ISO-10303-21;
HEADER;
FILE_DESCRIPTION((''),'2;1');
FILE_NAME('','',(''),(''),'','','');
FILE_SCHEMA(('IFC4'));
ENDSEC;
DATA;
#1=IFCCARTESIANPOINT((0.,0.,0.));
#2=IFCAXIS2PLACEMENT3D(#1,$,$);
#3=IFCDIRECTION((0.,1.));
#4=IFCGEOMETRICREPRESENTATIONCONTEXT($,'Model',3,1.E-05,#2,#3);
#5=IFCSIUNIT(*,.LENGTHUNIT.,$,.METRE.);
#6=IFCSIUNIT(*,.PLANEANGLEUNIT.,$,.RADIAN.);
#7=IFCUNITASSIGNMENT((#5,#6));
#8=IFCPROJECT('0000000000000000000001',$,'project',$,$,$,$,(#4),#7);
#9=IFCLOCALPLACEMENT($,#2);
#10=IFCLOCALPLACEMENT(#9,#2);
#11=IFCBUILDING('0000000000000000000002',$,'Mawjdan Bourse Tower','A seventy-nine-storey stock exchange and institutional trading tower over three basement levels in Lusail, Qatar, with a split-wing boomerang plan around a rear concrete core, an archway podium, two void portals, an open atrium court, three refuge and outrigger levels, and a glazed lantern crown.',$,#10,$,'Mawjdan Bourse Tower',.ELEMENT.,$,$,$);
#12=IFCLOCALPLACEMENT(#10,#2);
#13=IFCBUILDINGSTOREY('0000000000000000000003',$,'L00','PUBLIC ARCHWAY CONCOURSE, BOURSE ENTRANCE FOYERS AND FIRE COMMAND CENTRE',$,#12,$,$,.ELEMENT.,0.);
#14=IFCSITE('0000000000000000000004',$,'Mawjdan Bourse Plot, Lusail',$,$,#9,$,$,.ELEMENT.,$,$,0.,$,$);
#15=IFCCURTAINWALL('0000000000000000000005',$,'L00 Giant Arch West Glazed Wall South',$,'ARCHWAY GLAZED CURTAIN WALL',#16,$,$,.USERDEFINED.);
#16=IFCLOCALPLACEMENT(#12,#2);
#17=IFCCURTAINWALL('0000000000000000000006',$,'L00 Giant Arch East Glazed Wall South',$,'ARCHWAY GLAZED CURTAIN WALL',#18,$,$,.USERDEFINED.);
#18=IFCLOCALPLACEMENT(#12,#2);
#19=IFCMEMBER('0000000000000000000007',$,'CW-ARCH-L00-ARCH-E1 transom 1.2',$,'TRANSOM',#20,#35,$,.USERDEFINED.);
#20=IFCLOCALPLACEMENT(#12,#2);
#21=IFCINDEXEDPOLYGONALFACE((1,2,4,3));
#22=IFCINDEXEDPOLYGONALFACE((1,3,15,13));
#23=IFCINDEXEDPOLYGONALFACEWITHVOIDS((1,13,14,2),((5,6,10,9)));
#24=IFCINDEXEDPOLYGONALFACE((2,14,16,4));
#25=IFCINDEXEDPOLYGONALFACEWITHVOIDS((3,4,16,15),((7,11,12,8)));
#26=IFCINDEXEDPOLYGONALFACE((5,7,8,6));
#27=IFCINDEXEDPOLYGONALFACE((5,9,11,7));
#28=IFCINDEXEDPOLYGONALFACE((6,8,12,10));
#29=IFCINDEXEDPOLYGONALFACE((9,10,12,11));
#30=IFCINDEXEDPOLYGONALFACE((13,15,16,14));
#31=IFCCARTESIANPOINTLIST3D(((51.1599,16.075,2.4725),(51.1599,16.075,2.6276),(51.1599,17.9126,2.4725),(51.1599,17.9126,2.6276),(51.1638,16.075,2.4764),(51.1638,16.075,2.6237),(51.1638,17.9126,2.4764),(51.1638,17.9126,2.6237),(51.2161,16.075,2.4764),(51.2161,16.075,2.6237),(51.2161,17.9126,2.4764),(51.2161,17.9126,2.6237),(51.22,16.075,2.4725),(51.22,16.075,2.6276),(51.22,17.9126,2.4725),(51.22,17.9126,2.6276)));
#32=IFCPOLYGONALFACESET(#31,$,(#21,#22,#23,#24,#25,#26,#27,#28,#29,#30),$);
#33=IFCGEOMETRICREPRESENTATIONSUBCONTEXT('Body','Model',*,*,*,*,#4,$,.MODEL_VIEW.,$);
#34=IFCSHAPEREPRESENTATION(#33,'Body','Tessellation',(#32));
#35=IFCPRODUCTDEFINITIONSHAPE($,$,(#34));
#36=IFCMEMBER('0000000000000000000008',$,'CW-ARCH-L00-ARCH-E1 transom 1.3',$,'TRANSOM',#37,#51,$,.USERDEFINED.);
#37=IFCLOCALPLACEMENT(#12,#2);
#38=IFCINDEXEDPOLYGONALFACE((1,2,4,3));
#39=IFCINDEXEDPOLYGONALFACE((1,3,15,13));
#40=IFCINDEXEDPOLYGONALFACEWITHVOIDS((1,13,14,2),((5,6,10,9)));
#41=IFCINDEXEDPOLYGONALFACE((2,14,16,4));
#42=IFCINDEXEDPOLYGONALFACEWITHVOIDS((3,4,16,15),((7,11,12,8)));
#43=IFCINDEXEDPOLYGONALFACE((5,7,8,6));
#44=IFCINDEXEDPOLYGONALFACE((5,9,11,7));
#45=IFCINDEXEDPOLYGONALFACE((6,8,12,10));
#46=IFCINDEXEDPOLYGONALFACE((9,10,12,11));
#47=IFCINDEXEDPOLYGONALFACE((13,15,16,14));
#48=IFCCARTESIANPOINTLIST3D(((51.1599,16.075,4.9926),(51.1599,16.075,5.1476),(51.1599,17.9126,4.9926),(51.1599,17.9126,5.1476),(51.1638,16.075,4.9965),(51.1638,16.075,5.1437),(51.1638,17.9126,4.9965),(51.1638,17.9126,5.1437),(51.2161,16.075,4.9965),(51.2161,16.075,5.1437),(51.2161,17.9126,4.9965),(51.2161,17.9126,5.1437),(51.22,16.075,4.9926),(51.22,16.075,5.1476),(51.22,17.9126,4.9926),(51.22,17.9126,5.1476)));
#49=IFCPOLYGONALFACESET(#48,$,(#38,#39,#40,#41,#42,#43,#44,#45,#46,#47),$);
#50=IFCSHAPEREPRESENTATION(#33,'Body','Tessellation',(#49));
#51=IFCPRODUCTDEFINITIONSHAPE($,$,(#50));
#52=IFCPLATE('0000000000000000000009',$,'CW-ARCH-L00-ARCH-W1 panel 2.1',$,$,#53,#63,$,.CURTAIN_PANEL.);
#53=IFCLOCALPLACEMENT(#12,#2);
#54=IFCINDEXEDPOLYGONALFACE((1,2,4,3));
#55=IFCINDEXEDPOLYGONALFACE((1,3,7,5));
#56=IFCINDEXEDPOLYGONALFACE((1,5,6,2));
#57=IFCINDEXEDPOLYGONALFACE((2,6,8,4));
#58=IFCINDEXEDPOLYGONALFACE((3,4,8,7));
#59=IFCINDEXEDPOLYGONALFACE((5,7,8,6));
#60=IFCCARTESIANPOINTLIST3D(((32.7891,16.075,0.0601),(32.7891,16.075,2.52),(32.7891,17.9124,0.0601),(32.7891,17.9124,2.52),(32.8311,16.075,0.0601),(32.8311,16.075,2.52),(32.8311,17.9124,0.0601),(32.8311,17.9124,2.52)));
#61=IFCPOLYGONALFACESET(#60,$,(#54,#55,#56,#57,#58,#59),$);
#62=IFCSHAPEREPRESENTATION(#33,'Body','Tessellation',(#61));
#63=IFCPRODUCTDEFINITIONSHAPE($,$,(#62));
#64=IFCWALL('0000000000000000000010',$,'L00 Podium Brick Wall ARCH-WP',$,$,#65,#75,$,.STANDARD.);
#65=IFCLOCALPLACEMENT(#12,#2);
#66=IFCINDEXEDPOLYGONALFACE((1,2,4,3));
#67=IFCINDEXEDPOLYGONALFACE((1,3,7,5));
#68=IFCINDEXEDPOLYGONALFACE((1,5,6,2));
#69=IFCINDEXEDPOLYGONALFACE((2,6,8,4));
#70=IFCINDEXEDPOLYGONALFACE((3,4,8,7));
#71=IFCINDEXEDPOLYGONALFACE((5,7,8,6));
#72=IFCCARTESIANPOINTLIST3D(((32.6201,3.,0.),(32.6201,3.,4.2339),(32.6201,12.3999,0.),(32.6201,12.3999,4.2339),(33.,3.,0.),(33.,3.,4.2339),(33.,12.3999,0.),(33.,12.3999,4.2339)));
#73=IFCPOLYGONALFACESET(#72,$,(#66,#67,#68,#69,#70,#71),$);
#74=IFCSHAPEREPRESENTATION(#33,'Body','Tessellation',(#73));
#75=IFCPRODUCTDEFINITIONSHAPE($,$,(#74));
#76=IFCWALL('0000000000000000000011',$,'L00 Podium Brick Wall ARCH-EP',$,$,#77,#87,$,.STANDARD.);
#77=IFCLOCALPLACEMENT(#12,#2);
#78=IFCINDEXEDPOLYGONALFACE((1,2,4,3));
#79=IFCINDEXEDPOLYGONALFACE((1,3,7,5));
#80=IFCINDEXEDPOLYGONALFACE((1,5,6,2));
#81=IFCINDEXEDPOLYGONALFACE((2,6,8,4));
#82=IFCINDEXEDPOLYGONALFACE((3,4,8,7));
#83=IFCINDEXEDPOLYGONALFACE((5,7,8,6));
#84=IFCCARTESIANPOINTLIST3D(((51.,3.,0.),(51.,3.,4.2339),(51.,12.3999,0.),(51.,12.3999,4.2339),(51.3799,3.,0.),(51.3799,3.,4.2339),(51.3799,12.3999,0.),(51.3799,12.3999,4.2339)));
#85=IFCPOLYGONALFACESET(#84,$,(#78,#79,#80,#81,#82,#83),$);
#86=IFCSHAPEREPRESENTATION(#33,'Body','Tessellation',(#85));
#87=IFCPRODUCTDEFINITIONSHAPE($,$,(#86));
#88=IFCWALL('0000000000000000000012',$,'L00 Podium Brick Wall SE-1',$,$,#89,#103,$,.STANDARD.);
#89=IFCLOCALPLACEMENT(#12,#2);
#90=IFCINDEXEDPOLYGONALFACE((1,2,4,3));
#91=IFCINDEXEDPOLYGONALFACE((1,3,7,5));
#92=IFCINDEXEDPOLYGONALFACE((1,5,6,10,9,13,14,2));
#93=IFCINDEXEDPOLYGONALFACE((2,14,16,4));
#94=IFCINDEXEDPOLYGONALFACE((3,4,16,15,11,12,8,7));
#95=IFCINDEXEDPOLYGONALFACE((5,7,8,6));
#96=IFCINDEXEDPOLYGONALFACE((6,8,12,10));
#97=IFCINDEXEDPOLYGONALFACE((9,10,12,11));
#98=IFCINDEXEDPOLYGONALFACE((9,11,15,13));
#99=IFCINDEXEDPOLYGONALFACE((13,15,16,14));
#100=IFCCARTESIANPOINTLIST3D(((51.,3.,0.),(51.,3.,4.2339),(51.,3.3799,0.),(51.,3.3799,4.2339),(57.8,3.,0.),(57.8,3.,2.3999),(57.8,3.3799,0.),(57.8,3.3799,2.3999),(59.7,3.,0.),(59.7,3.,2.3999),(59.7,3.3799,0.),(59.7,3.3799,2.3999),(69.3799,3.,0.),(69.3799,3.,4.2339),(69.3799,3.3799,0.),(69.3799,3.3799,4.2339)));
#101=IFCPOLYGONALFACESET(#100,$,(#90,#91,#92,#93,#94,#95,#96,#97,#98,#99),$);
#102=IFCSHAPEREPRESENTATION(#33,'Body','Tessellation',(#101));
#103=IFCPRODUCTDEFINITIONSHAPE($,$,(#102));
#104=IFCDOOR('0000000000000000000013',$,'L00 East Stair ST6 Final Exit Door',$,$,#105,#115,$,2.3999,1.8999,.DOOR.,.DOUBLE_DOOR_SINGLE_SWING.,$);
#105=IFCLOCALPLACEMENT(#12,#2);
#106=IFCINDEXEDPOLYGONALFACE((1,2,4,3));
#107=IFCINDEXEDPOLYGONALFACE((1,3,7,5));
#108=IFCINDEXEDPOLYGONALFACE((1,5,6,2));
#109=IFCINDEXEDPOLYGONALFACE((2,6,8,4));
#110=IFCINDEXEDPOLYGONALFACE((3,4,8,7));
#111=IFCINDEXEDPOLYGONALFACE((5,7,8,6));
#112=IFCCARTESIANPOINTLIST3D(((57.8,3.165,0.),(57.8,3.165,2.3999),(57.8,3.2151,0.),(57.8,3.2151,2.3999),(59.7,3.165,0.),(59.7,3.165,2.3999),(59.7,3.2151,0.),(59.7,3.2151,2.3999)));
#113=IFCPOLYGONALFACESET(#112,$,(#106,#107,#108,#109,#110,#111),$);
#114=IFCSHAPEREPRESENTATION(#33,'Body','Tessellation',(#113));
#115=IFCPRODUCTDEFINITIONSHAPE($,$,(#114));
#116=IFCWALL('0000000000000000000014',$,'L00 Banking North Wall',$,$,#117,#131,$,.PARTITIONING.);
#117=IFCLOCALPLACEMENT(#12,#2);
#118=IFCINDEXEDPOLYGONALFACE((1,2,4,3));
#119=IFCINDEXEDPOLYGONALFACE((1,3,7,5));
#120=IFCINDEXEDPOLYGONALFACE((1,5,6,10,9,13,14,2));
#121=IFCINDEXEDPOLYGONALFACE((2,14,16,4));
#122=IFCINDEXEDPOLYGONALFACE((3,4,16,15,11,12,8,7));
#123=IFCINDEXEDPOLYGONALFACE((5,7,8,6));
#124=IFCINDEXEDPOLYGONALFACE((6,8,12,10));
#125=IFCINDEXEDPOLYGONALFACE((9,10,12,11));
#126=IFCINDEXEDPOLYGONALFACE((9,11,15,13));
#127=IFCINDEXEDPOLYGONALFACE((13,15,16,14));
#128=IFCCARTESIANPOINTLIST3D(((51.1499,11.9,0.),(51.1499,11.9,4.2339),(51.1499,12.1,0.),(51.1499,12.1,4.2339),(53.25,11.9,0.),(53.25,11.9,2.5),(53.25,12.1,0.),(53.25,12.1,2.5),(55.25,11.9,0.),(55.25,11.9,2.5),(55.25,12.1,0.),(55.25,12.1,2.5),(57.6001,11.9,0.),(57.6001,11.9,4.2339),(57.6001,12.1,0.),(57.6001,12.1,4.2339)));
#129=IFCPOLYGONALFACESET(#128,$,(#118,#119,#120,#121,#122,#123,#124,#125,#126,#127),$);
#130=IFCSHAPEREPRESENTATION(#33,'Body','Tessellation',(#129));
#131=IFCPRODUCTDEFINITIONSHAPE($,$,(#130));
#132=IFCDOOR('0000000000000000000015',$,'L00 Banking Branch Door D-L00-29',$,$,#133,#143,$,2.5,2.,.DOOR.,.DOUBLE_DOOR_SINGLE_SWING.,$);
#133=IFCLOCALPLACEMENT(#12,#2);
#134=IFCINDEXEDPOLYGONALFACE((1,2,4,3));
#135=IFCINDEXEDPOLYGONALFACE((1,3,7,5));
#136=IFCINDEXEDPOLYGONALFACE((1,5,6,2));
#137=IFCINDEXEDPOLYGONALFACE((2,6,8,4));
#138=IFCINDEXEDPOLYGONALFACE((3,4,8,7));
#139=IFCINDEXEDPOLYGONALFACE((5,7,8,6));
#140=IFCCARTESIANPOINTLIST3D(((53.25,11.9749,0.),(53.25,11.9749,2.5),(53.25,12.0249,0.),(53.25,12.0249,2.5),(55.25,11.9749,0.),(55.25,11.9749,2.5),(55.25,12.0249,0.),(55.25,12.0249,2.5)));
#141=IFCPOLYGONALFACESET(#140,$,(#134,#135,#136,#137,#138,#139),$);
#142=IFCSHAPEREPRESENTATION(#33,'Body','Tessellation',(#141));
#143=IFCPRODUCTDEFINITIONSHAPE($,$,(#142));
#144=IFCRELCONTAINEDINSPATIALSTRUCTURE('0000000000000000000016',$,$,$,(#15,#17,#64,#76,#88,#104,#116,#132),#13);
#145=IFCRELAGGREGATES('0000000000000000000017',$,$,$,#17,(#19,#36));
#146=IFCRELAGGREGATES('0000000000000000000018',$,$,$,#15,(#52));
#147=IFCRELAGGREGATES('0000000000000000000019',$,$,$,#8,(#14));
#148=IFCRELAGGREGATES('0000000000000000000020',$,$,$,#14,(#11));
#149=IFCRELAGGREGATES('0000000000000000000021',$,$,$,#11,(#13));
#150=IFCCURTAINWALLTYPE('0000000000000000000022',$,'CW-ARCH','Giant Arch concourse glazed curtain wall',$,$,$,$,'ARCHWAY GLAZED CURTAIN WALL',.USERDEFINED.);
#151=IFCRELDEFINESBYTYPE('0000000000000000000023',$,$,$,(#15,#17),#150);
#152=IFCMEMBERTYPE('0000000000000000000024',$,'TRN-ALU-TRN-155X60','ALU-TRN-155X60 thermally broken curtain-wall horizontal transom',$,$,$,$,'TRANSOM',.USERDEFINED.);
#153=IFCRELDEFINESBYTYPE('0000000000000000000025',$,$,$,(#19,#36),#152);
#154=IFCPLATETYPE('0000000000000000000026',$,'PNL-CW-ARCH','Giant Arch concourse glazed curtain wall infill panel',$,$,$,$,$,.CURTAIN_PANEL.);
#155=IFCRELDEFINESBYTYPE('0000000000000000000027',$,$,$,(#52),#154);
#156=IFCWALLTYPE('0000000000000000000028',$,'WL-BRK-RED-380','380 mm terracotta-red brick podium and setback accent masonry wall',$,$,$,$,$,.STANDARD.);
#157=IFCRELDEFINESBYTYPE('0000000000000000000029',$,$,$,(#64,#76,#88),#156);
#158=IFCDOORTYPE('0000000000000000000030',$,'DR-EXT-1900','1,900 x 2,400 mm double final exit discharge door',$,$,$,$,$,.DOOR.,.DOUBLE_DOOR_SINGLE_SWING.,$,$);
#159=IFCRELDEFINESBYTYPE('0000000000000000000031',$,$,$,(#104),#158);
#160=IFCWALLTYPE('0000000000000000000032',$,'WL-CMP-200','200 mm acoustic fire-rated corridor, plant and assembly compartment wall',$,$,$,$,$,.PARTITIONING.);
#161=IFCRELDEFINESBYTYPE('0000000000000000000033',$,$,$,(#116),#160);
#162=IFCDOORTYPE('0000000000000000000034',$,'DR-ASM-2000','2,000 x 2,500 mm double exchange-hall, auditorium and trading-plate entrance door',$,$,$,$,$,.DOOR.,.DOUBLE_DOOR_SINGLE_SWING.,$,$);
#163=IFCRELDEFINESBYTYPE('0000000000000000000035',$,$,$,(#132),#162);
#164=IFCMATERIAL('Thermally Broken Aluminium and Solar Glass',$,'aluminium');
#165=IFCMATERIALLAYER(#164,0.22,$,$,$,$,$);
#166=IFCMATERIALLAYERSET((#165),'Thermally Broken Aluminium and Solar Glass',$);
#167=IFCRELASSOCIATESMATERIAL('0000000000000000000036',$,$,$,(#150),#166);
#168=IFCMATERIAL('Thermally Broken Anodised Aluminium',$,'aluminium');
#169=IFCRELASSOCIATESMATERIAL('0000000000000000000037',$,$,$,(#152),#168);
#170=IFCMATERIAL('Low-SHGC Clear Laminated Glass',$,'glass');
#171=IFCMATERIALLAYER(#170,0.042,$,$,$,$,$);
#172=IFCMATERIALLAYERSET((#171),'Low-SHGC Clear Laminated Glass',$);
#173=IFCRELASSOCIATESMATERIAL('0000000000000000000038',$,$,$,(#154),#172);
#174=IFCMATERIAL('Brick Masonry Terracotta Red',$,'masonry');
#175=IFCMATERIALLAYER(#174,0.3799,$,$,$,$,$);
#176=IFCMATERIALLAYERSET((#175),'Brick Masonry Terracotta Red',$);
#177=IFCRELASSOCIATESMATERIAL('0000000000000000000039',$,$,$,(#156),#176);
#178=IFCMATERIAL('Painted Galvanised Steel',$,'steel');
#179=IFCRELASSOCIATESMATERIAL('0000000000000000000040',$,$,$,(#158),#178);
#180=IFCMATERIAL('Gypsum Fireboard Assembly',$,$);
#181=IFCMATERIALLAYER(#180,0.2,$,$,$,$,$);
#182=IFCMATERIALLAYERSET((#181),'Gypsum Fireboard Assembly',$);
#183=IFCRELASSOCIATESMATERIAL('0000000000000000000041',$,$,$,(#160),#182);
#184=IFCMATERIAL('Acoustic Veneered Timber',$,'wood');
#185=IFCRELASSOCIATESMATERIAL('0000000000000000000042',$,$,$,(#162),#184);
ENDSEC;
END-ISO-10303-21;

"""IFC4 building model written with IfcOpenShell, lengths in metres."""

from ifc_helpers import new_model, si_unit, direction, frame, frame_2d, origin, origin_2d, place, context, subcontext, project, spatial, rectangle, hollow_rectangle, extrude, material, layer, layer_set, material_profile, profile_set, type_object, element, fill, aggregate, save


model = new_model("IFC4")

# Units and contexts
model_context = context("Model", 3, precision=1e-05, world=origin(), true_north=direction((0.0, 1.0)))
body_context = subcontext(model_context, "Body", "Model", "MODEL_VIEW")
ifc_project = project(units=[si_unit("LENGTHUNIT", "METRE"), si_unit("PLANEANGLEUNIT", "RADIAN")], contexts=[model_context])

# Site, building, storey
site_placement = place(None, origin())
site = spatial("IfcSite", under=ifc_project, at=site_placement, Name="Mawjdan Bourse Plot, Lusail", CompositionType="ELEMENT", RefElevation=0.0)
building_placement = place(site_placement, origin())
building = spatial("IfcBuilding", under=site, at=building_placement, Name="Mawjdan Bourse Tower", Description="A seventy-nine-storey stock exchange and institutional trading tower over three basement levels in Lusail, Qatar, with a split-wing boomerang plan around a rear concrete core, an archway podium, two void portals, an open atrium court, three refuge and outrigger levels, and a glazed lantern crown.", LongName="Mawjdan Bourse Tower", CompositionType="ELEMENT")
storey_placement = place(building_placement, origin())
storey = spatial("IfcBuildingStorey", under=building, at=storey_placement, Name="L00", Description="PUBLIC ARCHWAY CONCOURSE, BOURSE ENTRANCE FOYERS AND FIRE COMMAND CENTRE", CompositionType="ELEMENT", Elevation=0.0)

# Curtain wall
ifc_material_1 = material(Name="Thermally Broken Aluminium and Solar Glass", Category="aluminium")
ifc_layer_1 = layer(ifc_material_1, 0.22)
ifc_layer_set_1 = layer_set([ifc_layer_1], Name="Thermally Broken Aluminium and Solar Glass")
curtain_wall_type = type_object("IfcCurtainWallType", Name="CW-ARCH", Description="Giant Arch concourse glazed curtain wall", ElementType="ARCHWAY GLAZED CURTAIN WALL", PredefinedType="USERDEFINED", material=ifc_layer_set_1)
curtain_wall_1_placement = place(storey_placement, origin())
curtain_wall_1 = element("IfcCurtainWall", 1, at=curtain_wall_1_placement, inside=storey, type_object=curtain_wall_type, Name="L00 Giant Arch West Glazed Wall South", ObjectType="ARCHWAY GLAZED CURTAIN WALL", PredefinedType="USERDEFINED")
ifc_material_2 = material(Name="Thermally Broken Anodised Aluminium", Category="aluminium")

# Curtain wall, members
curtain_wall_2_placement = place(storey_placement, origin())
curtain_wall_2 = element("IfcCurtainWall", 2, at=curtain_wall_2_placement, inside=storey, type_object=curtain_wall_type, Name="L00 Giant Arch East Glazed Wall South", ObjectType="ARCHWAY GLAZED CURTAIN WALL", PredefinedType="USERDEFINED")
ifc_material_profile_1 = material_profile(ifc_material_2, hollow_rectangle(XDim=0.0601, YDim=0.155, WallThickness=0.0039, at=origin_2d()), Name="ALU-TRN-155X60")
ifc_profile_set_1 = profile_set([ifc_material_profile_1], Name="Thermally Broken Anodised Aluminium")
member_type_1 = type_object("IfcMemberType", Name="TRN-ALU-TRN-155X60", Description="ALU-TRN-155X60 thermally broken curtain-wall horizontal transom", ElementType="TRANSOM", PredefinedType="USERDEFINED", material=ifc_profile_set_1)
member_1_placement = place(storey_placement, frame((51.1899, 16.075, 2.55), z_axis=(0.0, 1.0, 0.0), x_axis=(-1.0, 0.0, 0.0)))
member_1 = element("IfcMember", 3, at=member_1_placement, type_object=member_type_1, Name="CW-ARCH-L00-ARCH-E1 transom 1.2", ObjectType="TRANSOM", PredefinedType="USERDEFINED", context=body_context, shape_type="SweptSolid", body=[
    extrude(hollow_rectangle(XDim=0.0601, YDim=0.155, WallThickness=0.0039, at=origin_2d()), origin(), (0.0, 0.0, 1.0), 1.8376),
])
member_2_placement = place(storey_placement, frame((51.1899, 16.075, 5.0701), z_axis=(0.0, 1.0, 0.0), x_axis=(-1.0, 0.0, 0.0)))
member_2 = element("IfcMember", 4, at=member_2_placement, type_object=member_type_1, Name="CW-ARCH-L00-ARCH-E1 transom 1.3", ObjectType="TRANSOM", PredefinedType="USERDEFINED", context=body_context, shape_type="SweptSolid", body=[
    extrude(hollow_rectangle(XDim=0.0601, YDim=0.155, WallThickness=0.0039, at=origin_2d()), origin(), (0.0, 0.0, 1.0), 1.8376),
])
aggregate(curtain_wall_2, [member_1, member_2])

# Plate
ifc_material_3 = material(Name="Low-SHGC Clear Laminated Glass", Category="glass")
ifc_layer_2 = layer(ifc_material_3, 0.042)
ifc_layer_set_2 = layer_set([ifc_layer_2], Name="Low-SHGC Clear Laminated Glass")
plate_type = type_object("IfcPlateType", Name="PNL-CW-ARCH", Description="Giant Arch concourse glazed curtain wall infill panel", PredefinedType="CURTAIN_PANEL", material=ifc_layer_set_2)
plate_placement = place(storey_placement, frame((32.8101, 16.9937, 0.0601), z_axis=(0.0, 0.0, 1.0), x_axis=(0.0, -1.0, 0.0)))
plate = element("IfcPlate", 5, at=plate_placement, type_object=plate_type, Name="CW-ARCH-L00-ARCH-W1 panel 2.1", PredefinedType="CURTAIN_PANEL", context=body_context, shape_type="SweptSolid", body=[
    extrude(rectangle(XDim=1.8374, YDim=0.042, at=origin_2d()), origin(), (0.0, 0.0, 1.0), 2.46),
])
aggregate(curtain_wall_1, [plate])

# Walls
ifc_material_4 = material(Name="Brick Masonry Terracotta Red", Category="masonry")
ifc_layer_3 = layer(ifc_material_4, 0.3799)
ifc_layer_set_3 = layer_set([ifc_layer_3], Name="Brick Masonry Terracotta Red")
wall_type_1 = type_object("IfcWallType", Name="WL-BRK-RED-380", Description="380 mm terracotta-red brick podium and setback accent masonry wall", PredefinedType="STANDARD", material=ifc_layer_set_3)
for number, where, z_axis, x_axis, name in (
    (6, (32.8101, 12.3999, 0.0), (0.0, 0.0, 1.0), (0.0, -1.0, 0.0), "L00 Podium Brick Wall ARCH-WP"),
    (7, (51.1899, 3.0, 0.0), (0.0, 0.0, 1.0), (0.0, 1.0, 0.0), "L00 Podium Brick Wall ARCH-EP"),
):
    element("IfcWall", number, at=place(storey_placement, frame(where, z_axis=z_axis, x_axis=x_axis)), inside=storey, type_object=wall_type_1, Name=name, PredefinedType="STANDARD", context=body_context, shape_type="SweptSolid", body=[
        extrude(rectangle(XDim=9.3999, YDim=0.3799, at=frame_2d((4.7, 0.0))), origin(), (0.0, 0.0, 1.0), 4.2339),
    ])

# Walls, openings, doors
wall_1_placement = place(storey_placement, frame((51.0, 3.1899, 0.0), z_axis=(0.0, 0.0, 1.0), x_axis=(1.0, 0.0, 0.0)))
wall_1 = element("IfcWall", 8, at=wall_1_placement, inside=storey, type_object=wall_type_1, Name="L00 Podium Brick Wall SE-1", PredefinedType="STANDARD", context=body_context, shape_type="SweptSolid", body=[
    extrude(rectangle(XDim=18.3799, YDim=0.3799, at=frame_2d((9.1899, 0.0))), origin(), (0.0, 0.0, 1.0), 4.2339),
])
opening_1_placement = place(wall_1_placement, frame((6.8, 0.0, 0.0)))
opening_1 = element("IfcOpeningElement", 9, at=opening_1_placement, cuts=wall_1, PredefinedType="OPENING", context=body_context, shape_type="SweptSolid", body=[
    extrude(rectangle(XDim=1.8999, YDim=2.3999, at=frame_2d((0.95, 1.2))), frame((0.0, 0.2, 0.0), z_axis=(0.0, -1.0, 0.0), x_axis=(1.0, 0.0, 0.0)), (0.0, 0.0, 1.0), 0.3999),
])
ifc_material_5 = material(Name="Painted Galvanised Steel", Category="steel")
door_type_1 = type_object("IfcDoorType", Name="DR-EXT-1900", Description="1,900 x 2,400 mm double final exit discharge door", OperationType="DOUBLE_DOOR_SINGLE_SWING", PredefinedType="DOOR", material=ifc_material_5)
door_1_placement = place(opening_1_placement, frame((1.8999, 0.0, 0.0), z_axis=(0.0, 0.0, 1.0), x_axis=(-1.0, 0.0, 0.0)))
door_1 = element("IfcDoor", 10, at=door_1_placement, inside=storey, type_object=door_type_1, Name="L00 East Stair ST6 Final Exit Door", OperationType="DOUBLE_DOOR_SINGLE_SWING", OverallHeight=2.3999, OverallWidth=1.8999, PredefinedType="DOOR", context=body_context, shape_type="SweptSolid", body=[
    extrude(rectangle(XDim=1.8999, YDim=2.3999, at=frame_2d((0.95, 1.2))), frame((0.0, 0.0249, 0.0), z_axis=(0.0, -1.0, 0.0), x_axis=(1.0, 0.0, 0.0)), (0.0, 0.0, 1.0), 0.05),
])
fill(opening_1, door_1)
ifc_material_6 = material(Name="Gypsum Fireboard Assembly")
ifc_layer_4 = layer(ifc_material_6, 0.2)
ifc_layer_set_4 = layer_set([ifc_layer_4], Name="Gypsum Fireboard Assembly")
wall_type_2 = type_object("IfcWallType", Name="WL-CMP-200", Description="200 mm acoustic fire-rated corridor, plant and assembly compartment wall", PredefinedType="PARTITIONING", material=ifc_layer_set_4)
wall_2_placement = place(storey_placement, frame((51.1499, 12.0, 0.0), z_axis=(0.0, 0.0, 1.0), x_axis=(1.0, 0.0, 0.0)))
wall_2 = element("IfcWall", 11, at=wall_2_placement, inside=storey, type_object=wall_type_2, Name="L00 Banking North Wall", PredefinedType="PARTITIONING", context=body_context, shape_type="SweptSolid", body=[
    extrude(rectangle(XDim=6.4502, YDim=0.2, at=frame_2d((3.2251, 0.0))), origin(), (0.0, 0.0, 1.0), 4.2339),
])
opening_2_placement = place(wall_2_placement, frame((2.1001, 0.0, 0.0)))
opening_2 = element("IfcOpeningElement", 12, at=opening_2_placement, cuts=wall_2, PredefinedType="OPENING", context=body_context, shape_type="SweptSolid", body=[
    extrude(rectangle(XDim=2.0, YDim=2.5, at=frame_2d((1.0, 1.25))), frame((0.0, 0.1099, 0.0), z_axis=(0.0, -1.0, 0.0), x_axis=(1.0, 0.0, 0.0)), (0.0, 0.0, 1.0), 0.22),
])
ifc_material_7 = material(Name="Acoustic Veneered Timber", Category="wood")
door_type_2 = type_object("IfcDoorType", Name="DR-ASM-2000", Description="2,000 x 2,500 mm double exchange-hall, auditorium and trading-plate entrance door", OperationType="DOUBLE_DOOR_SINGLE_SWING", PredefinedType="DOOR", material=ifc_material_7)
door_2_placement = place(opening_2_placement, origin())
door_2 = element("IfcDoor", 13, at=door_2_placement, inside=storey, type_object=door_type_2, Name="L00 Banking Branch Door D-L00-29", OperationType="DOUBLE_DOOR_SINGLE_SWING", OverallHeight=2.5, OverallWidth=2.0, PredefinedType="DOOR", context=body_context, shape_type="SweptSolid", body=[
    extrude(rectangle(XDim=2.0, YDim=2.5, at=frame_2d((1.0, 1.25))), frame((0.0, 0.0249, 0.0), z_axis=(0.0, -1.0, 0.0), x_axis=(1.0, 0.0, 0.0)), (0.0, 0.0, 1.0), 0.05),
])
fill(opening_2, door_2)

save(model, "model.ifc")
